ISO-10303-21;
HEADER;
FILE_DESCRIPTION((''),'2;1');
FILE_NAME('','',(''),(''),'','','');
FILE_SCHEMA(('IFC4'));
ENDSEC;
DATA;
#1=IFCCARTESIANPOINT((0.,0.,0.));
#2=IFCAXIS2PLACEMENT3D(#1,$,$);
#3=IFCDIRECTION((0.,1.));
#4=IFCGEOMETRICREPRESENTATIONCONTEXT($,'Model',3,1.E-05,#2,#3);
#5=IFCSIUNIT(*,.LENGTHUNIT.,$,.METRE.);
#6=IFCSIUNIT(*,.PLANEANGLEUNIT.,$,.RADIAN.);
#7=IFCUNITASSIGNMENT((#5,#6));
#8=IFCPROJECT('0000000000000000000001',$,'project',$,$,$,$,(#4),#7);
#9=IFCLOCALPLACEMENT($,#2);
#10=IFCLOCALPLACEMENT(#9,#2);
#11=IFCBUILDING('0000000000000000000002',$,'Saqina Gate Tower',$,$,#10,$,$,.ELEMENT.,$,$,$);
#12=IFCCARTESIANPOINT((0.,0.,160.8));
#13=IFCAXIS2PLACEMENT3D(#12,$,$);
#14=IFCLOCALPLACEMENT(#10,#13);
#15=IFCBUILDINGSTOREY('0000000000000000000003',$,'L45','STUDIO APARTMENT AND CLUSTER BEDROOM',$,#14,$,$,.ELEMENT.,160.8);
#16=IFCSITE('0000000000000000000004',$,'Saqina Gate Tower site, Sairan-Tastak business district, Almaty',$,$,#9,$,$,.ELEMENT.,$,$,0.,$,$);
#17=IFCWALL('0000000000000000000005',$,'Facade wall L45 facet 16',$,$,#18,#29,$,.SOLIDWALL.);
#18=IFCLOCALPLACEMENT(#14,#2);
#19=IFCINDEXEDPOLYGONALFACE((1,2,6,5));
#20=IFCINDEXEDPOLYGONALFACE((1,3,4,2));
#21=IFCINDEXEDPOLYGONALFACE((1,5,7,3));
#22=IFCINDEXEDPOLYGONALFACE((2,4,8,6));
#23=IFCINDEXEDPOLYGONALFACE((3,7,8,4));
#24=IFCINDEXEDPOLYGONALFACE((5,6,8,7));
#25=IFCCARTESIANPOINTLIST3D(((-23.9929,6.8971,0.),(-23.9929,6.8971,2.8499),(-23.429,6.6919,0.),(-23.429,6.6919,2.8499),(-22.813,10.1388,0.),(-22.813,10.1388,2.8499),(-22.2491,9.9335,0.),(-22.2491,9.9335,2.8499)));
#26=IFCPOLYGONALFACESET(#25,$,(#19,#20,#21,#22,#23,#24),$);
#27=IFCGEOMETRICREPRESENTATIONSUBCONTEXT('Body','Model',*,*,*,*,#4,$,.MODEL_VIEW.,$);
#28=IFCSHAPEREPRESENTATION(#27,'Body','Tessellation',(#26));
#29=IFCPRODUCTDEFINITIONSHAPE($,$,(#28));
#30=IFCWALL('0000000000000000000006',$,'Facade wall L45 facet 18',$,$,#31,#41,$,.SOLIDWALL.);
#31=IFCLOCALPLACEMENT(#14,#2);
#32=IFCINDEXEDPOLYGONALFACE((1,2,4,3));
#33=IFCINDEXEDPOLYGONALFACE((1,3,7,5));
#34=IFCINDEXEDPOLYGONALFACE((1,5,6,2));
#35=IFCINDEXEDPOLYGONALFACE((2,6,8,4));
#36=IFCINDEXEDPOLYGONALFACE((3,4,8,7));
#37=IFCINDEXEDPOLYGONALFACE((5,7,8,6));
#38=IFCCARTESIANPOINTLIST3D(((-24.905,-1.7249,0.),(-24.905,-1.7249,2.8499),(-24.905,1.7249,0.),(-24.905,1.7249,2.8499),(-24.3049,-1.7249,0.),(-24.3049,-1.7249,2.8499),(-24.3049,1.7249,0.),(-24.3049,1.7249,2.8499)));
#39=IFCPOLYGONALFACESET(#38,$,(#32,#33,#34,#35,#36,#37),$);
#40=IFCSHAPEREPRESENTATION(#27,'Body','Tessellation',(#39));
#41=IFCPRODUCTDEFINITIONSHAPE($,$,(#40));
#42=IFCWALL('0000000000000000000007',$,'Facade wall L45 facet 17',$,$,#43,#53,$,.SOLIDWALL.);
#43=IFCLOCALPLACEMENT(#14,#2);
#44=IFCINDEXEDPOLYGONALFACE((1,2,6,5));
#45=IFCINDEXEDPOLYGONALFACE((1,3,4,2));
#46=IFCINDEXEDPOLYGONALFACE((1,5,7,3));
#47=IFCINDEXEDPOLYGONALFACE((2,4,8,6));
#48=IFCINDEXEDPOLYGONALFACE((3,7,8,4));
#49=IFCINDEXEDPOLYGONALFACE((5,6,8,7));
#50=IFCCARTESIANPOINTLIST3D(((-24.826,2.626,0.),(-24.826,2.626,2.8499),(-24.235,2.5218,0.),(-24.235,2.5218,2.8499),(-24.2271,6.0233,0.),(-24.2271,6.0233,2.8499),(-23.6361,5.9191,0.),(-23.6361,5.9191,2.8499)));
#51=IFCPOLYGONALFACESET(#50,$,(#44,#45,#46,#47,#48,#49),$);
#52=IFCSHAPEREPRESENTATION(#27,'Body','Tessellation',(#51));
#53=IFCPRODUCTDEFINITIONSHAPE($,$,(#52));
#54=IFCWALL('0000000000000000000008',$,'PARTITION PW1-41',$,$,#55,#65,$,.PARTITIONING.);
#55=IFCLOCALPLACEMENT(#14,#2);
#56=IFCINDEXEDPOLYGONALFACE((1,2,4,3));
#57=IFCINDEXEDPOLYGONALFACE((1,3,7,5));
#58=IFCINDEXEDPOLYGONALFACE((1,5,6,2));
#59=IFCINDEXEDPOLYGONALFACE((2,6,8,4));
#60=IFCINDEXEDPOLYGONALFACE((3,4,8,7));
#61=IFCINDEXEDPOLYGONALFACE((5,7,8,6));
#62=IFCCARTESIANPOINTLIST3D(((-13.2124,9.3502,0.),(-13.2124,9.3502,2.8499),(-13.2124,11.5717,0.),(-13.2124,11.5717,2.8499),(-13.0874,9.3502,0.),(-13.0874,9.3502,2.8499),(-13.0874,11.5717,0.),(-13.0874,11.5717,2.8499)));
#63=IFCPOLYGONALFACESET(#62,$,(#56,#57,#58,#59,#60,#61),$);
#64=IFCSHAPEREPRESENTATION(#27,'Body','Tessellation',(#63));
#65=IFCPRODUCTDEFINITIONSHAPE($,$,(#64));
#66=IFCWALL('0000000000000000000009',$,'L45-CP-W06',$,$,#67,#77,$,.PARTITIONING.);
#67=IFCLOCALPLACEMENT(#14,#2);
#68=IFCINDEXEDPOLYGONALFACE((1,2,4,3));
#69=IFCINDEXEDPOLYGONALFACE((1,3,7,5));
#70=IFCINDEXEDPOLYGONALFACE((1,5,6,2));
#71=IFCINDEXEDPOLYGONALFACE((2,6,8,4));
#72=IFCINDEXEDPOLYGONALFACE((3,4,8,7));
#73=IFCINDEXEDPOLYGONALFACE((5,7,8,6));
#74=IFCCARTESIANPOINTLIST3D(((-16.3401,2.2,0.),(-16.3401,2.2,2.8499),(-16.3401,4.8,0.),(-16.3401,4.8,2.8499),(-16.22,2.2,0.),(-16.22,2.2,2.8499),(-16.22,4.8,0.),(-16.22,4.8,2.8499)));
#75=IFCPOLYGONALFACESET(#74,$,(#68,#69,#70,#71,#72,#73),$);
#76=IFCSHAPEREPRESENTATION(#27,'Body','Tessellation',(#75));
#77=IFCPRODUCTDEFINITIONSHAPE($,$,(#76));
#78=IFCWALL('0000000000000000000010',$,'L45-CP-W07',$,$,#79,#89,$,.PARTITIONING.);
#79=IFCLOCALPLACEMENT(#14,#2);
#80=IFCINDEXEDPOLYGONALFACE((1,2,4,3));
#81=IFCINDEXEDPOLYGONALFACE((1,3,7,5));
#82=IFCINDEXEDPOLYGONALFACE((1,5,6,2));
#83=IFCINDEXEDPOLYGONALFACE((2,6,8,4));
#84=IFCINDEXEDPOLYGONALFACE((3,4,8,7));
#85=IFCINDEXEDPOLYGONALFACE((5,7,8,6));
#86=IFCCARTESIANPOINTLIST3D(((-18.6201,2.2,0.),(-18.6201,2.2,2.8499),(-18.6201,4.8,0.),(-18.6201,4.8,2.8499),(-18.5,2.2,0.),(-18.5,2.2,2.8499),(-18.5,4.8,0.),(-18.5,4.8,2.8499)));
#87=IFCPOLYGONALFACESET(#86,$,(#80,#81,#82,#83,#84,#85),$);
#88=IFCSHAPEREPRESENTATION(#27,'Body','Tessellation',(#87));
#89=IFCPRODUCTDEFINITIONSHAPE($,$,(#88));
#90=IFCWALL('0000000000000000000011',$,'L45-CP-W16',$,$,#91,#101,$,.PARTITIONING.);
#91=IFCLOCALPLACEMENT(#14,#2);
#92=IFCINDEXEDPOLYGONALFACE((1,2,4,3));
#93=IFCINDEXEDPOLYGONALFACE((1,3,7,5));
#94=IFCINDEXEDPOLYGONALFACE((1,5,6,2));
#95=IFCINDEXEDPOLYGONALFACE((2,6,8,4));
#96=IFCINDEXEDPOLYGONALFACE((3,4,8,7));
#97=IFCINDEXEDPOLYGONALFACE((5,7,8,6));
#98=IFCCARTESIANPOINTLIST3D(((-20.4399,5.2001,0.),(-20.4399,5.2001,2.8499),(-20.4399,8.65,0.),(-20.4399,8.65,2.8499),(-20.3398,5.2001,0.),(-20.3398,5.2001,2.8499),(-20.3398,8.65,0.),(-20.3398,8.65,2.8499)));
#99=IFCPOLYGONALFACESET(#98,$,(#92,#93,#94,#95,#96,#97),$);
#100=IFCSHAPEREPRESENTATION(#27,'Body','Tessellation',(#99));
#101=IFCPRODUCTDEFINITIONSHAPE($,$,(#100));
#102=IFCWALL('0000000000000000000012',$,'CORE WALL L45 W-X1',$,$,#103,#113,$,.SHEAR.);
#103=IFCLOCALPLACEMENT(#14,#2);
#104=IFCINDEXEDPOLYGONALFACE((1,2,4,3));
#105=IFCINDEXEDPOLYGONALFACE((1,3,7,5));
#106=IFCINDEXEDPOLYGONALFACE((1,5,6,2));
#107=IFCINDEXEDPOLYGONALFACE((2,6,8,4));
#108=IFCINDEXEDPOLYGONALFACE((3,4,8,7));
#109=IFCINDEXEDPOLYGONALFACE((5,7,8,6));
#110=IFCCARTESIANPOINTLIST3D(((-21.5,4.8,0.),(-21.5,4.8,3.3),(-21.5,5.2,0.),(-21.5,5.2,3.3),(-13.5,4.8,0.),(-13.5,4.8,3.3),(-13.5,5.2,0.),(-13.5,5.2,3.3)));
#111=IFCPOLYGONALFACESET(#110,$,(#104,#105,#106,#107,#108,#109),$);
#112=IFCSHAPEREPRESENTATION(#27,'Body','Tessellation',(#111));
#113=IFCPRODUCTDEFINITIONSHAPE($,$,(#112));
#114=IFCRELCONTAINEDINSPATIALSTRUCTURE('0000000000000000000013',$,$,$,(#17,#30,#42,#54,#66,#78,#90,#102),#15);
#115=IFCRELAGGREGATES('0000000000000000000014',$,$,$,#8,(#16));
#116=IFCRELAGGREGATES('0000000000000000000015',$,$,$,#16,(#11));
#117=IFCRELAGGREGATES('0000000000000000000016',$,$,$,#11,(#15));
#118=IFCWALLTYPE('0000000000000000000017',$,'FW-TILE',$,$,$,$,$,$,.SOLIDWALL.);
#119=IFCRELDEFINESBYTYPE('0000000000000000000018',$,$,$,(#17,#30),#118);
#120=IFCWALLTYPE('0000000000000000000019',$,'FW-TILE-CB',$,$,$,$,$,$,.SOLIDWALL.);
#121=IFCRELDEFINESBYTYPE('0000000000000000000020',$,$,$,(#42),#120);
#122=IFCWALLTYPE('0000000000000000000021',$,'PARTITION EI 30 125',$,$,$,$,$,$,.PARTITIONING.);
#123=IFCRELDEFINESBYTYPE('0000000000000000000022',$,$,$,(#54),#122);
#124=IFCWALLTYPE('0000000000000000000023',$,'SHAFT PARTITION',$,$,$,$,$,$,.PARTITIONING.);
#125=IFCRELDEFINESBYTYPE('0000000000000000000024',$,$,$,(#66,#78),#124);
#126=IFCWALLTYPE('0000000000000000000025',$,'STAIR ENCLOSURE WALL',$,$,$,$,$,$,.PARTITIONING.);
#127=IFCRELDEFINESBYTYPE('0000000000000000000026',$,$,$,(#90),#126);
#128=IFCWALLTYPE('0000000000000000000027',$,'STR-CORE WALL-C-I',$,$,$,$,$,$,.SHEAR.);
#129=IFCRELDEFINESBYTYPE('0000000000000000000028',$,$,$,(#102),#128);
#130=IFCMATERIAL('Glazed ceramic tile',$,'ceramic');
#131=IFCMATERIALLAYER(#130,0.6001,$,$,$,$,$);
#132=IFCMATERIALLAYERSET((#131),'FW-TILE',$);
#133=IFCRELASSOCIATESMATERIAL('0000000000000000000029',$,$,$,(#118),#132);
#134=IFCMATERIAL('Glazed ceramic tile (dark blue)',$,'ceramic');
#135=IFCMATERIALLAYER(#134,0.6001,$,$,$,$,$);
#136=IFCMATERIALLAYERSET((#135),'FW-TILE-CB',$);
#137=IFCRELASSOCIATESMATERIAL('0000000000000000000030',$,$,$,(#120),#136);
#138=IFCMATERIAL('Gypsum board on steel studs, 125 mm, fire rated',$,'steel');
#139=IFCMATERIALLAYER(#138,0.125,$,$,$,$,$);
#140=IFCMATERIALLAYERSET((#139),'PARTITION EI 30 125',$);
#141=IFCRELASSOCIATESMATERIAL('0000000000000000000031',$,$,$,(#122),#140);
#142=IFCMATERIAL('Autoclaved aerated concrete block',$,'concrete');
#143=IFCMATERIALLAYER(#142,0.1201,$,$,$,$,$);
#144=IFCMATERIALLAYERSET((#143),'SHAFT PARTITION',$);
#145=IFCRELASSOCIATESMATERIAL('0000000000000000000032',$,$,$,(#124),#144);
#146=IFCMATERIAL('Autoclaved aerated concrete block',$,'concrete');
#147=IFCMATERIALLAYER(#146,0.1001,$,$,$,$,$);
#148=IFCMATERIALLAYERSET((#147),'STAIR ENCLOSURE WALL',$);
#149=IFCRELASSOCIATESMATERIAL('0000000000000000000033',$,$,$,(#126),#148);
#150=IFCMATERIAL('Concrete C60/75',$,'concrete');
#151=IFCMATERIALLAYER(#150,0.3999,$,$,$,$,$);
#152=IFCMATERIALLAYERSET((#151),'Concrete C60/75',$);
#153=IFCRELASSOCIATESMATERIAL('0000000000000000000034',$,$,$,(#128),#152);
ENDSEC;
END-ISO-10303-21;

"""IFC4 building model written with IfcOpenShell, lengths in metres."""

from ifc_helpers import new_model, si_unit, direction, frame, frame_2d, origin, place, context, subcontext, project, spatial, rectangle, extrude, material, layer, layer_set, type_object, element, save


model = new_model("IFC4")

# Units and contexts
model_context = context("Model", 3, precision=1e-05, world=origin(), true_north=direction((0.0, 1.0)))
body_context = subcontext(model_context, "Body", "Model", "MODEL_VIEW")
ifc_project = project(units=[si_unit("LENGTHUNIT", "METRE"), si_unit("PLANEANGLEUNIT", "RADIAN")], contexts=[model_context])

# Site, building, storey
site_placement = place(None, origin())
site = spatial("IfcSite", under=ifc_project, at=site_placement, Name="Saqina Gate Tower site, Sairan-Tastak business district, Almaty", CompositionType="ELEMENT", RefElevation=0.0)
building_placement = place(site_placement, origin())
building = spatial("IfcBuilding", under=site, at=building_placement, Name="Saqina Gate Tower", CompositionType="ELEMENT")
storey_placement = place(building_placement, frame((0.0, 0.0, 160.8)))
storey = spatial("IfcBuildingStorey", under=building, at=storey_placement, Name="L45", Description="STUDIO APARTMENT AND CLUSTER BEDROOM", CompositionType="ELEMENT", Elevation=160.8)

# Walls
ifc_material_1 = material(Name="Glazed ceramic tile", Category="ceramic")
ifc_layer_1 = layer(ifc_material_1, 0.6001)
ifc_layer_set_1 = layer_set([ifc_layer_1], Name="FW-TILE")
wall_type_1 = type_object("IfcWallType", Name="FW-TILE", PredefinedType="SOLIDWALL", material=ifc_layer_set_1)
for number, where, z_axis, x_axis, name in (
    (1, (-22.531, 10.0361, 0.0), (0.0, 0.0, 1.0), (-0.342033, -0.939688, 0.0), "Facade wall L45 facet 16"),
    (2, (-24.605, 1.7249, 0.0), (0.0, 0.0, 1.0), (0.0, -1.0, 0.0), "Facade wall L45 facet 18"),
):
    element("IfcWall", number, at=place(storey_placement, frame(where, z_axis=z_axis, x_axis=x_axis)), inside=storey, type_object=wall_type_1, Name=name, PredefinedType="SOLIDWALL", context=body_context, shape_type="SweptSolid", body=[
        extrude(rectangle(XDim=3.4497, YDim=0.6001, at=frame_2d((1.7249, 0.0))), origin(), (0.0, 0.0, 1.0), 2.8499),
    ])
ifc_material_2 = material(Name="Glazed ceramic tile (dark blue)", Category="ceramic")
ifc_layer_2 = layer(ifc_material_2, 0.6001)
ifc_layer_set_2 = layer_set([ifc_layer_2], Name="FW-TILE-CB")
wall_type_2 = type_object("IfcWallType", Name="FW-TILE-CB", PredefinedType="SOLIDWALL", material=ifc_layer_set_2)
wall_1_placement = place(storey_placement, frame((-23.9316, 5.9712, 0.0), z_axis=(0.0, 0.0, 1.0), x_axis=(-0.173608, -0.984815, 0.0)))
element("IfcWall", 3, at=wall_1_placement, inside=storey, type_object=wall_type_2, Name="Facade wall L45 facet 17", PredefinedType="SOLIDWALL", context=body_context, shape_type="SweptSolid", body=[
    extrude(rectangle(XDim=3.4497, YDim=0.6001, at=frame_2d((1.7249, 0.0))), origin(), (0.0, 0.0, 1.0), 2.8499),
])
ifc_material_3 = material(Name="Gypsum board on steel studs, 125 mm, fire rated", Category="steel")
ifc_layer_3 = layer(ifc_material_3, 0.125)
ifc_layer_set_3 = layer_set([ifc_layer_3], Name="PARTITION EI 30 125")
wall_type_3 = type_object("IfcWallType", Name="PARTITION EI 30 125", PredefinedType="PARTITIONING", material=ifc_layer_set_3)
wall_2_placement = place(storey_placement, frame((-13.1499, 9.3501, 0.0), z_axis=(0.0, 0.0, 1.0), x_axis=(0.0, 1.0, 0.0)))
element("IfcWall", 4, at=wall_2_placement, inside=storey, type_object=wall_type_3, Name="PARTITION PW1-41", PredefinedType="PARTITIONING", context=body_context, shape_type="SweptSolid", body=[
    extrude(rectangle(XDim=2.2214, YDim=0.125, at=frame_2d((1.1108, 0.0))), origin(), (0.0, 0.0, 1.0), 2.8499),
])
ifc_material_4 = material(Name="Autoclaved aerated concrete block", Category="concrete")
ifc_layer_4 = layer(ifc_material_4, 0.1201)
ifc_layer_set_4 = layer_set([ifc_layer_4], Name="SHAFT PARTITION")
wall_type_4 = type_object("IfcWallType", Name="SHAFT PARTITION", PredefinedType="PARTITIONING", material=ifc_layer_set_4)
for number, where, z_axis, x_axis, name in (
    (5, (-16.28, 2.2, 0.0), (0.0, 0.0, 1.0), (0.0, 1.0, 0.0), "L45-CP-W06"),
    (6, (-18.5601, 2.2, 0.0), (0.0, 0.0, 1.0), (0.0, 1.0, 0.0), "L45-CP-W07"),
):
    element("IfcWall", number, at=place(storey_placement, frame(where, z_axis=z_axis, x_axis=x_axis)), inside=storey, type_object=wall_type_4, Name=name, PredefinedType="PARTITIONING", context=body_context, shape_type="SweptSolid", body=[
        extrude(rectangle(XDim=2.6001, YDim=0.1201, at=frame_2d((1.3, 0.0))), origin(), (0.0, 0.0, 1.0), 2.8499),
    ])
ifc_material_5 = material(Name="Autoclaved aerated concrete block", Category="concrete")
ifc_layer_5 = layer(ifc_material_5, 0.1001)
ifc_layer_set_5 = layer_set([ifc_layer_5], Name="STAIR ENCLOSURE WALL")
wall_type_5 = type_object("IfcWallType", Name="STAIR ENCLOSURE WALL", PredefinedType="PARTITIONING", material=ifc_layer_set_5)
wall_3_placement = place(storey_placement, frame((-20.3899, 5.2, 0.0), z_axis=(0.0, 0.0, 1.0), x_axis=(0.0, 1.0, 0.0)))
element("IfcWall", 7, at=wall_3_placement, inside=storey, type_object=wall_type_5, Name="L45-CP-W16", PredefinedType="PARTITIONING", context=body_context, shape_type="SweptSolid", body=[
    extrude(rectangle(XDim=3.45, YDim=0.1001, at=frame_2d((1.7251, 0.0))), origin(), (0.0, 0.0, 1.0), 2.8499),
])
ifc_material_6 = material(Name="Concrete C60/75", Category="concrete")
ifc_layer_6 = layer(ifc_material_6, 0.3999)
ifc_layer_set_6 = layer_set([ifc_layer_6], Name="Concrete C60/75")
wall_type_6 = type_object("IfcWallType", Name="STR-CORE WALL-C-I", PredefinedType="SHEAR", material=ifc_layer_set_6)
wall_4_placement = place(storey_placement, frame((-13.5, 5.0, 0.0), z_axis=(0.0, 0.0, 1.0), x_axis=(-1.0, 0.0, 0.0)))
element("IfcWall", 8, at=wall_4_placement, inside=storey, type_object=wall_type_6, Name="CORE WALL L45 W-X1", PredefinedType="SHEAR", context=body_context, shape_type="SweptSolid", body=[
    extrude(rectangle(XDim=8.0, YDim=0.3999, at=frame_2d((4.0, 0.0))), origin(), (0.0, 0.0, 1.0), 3.3),
])

save(model, "model.ifc")
